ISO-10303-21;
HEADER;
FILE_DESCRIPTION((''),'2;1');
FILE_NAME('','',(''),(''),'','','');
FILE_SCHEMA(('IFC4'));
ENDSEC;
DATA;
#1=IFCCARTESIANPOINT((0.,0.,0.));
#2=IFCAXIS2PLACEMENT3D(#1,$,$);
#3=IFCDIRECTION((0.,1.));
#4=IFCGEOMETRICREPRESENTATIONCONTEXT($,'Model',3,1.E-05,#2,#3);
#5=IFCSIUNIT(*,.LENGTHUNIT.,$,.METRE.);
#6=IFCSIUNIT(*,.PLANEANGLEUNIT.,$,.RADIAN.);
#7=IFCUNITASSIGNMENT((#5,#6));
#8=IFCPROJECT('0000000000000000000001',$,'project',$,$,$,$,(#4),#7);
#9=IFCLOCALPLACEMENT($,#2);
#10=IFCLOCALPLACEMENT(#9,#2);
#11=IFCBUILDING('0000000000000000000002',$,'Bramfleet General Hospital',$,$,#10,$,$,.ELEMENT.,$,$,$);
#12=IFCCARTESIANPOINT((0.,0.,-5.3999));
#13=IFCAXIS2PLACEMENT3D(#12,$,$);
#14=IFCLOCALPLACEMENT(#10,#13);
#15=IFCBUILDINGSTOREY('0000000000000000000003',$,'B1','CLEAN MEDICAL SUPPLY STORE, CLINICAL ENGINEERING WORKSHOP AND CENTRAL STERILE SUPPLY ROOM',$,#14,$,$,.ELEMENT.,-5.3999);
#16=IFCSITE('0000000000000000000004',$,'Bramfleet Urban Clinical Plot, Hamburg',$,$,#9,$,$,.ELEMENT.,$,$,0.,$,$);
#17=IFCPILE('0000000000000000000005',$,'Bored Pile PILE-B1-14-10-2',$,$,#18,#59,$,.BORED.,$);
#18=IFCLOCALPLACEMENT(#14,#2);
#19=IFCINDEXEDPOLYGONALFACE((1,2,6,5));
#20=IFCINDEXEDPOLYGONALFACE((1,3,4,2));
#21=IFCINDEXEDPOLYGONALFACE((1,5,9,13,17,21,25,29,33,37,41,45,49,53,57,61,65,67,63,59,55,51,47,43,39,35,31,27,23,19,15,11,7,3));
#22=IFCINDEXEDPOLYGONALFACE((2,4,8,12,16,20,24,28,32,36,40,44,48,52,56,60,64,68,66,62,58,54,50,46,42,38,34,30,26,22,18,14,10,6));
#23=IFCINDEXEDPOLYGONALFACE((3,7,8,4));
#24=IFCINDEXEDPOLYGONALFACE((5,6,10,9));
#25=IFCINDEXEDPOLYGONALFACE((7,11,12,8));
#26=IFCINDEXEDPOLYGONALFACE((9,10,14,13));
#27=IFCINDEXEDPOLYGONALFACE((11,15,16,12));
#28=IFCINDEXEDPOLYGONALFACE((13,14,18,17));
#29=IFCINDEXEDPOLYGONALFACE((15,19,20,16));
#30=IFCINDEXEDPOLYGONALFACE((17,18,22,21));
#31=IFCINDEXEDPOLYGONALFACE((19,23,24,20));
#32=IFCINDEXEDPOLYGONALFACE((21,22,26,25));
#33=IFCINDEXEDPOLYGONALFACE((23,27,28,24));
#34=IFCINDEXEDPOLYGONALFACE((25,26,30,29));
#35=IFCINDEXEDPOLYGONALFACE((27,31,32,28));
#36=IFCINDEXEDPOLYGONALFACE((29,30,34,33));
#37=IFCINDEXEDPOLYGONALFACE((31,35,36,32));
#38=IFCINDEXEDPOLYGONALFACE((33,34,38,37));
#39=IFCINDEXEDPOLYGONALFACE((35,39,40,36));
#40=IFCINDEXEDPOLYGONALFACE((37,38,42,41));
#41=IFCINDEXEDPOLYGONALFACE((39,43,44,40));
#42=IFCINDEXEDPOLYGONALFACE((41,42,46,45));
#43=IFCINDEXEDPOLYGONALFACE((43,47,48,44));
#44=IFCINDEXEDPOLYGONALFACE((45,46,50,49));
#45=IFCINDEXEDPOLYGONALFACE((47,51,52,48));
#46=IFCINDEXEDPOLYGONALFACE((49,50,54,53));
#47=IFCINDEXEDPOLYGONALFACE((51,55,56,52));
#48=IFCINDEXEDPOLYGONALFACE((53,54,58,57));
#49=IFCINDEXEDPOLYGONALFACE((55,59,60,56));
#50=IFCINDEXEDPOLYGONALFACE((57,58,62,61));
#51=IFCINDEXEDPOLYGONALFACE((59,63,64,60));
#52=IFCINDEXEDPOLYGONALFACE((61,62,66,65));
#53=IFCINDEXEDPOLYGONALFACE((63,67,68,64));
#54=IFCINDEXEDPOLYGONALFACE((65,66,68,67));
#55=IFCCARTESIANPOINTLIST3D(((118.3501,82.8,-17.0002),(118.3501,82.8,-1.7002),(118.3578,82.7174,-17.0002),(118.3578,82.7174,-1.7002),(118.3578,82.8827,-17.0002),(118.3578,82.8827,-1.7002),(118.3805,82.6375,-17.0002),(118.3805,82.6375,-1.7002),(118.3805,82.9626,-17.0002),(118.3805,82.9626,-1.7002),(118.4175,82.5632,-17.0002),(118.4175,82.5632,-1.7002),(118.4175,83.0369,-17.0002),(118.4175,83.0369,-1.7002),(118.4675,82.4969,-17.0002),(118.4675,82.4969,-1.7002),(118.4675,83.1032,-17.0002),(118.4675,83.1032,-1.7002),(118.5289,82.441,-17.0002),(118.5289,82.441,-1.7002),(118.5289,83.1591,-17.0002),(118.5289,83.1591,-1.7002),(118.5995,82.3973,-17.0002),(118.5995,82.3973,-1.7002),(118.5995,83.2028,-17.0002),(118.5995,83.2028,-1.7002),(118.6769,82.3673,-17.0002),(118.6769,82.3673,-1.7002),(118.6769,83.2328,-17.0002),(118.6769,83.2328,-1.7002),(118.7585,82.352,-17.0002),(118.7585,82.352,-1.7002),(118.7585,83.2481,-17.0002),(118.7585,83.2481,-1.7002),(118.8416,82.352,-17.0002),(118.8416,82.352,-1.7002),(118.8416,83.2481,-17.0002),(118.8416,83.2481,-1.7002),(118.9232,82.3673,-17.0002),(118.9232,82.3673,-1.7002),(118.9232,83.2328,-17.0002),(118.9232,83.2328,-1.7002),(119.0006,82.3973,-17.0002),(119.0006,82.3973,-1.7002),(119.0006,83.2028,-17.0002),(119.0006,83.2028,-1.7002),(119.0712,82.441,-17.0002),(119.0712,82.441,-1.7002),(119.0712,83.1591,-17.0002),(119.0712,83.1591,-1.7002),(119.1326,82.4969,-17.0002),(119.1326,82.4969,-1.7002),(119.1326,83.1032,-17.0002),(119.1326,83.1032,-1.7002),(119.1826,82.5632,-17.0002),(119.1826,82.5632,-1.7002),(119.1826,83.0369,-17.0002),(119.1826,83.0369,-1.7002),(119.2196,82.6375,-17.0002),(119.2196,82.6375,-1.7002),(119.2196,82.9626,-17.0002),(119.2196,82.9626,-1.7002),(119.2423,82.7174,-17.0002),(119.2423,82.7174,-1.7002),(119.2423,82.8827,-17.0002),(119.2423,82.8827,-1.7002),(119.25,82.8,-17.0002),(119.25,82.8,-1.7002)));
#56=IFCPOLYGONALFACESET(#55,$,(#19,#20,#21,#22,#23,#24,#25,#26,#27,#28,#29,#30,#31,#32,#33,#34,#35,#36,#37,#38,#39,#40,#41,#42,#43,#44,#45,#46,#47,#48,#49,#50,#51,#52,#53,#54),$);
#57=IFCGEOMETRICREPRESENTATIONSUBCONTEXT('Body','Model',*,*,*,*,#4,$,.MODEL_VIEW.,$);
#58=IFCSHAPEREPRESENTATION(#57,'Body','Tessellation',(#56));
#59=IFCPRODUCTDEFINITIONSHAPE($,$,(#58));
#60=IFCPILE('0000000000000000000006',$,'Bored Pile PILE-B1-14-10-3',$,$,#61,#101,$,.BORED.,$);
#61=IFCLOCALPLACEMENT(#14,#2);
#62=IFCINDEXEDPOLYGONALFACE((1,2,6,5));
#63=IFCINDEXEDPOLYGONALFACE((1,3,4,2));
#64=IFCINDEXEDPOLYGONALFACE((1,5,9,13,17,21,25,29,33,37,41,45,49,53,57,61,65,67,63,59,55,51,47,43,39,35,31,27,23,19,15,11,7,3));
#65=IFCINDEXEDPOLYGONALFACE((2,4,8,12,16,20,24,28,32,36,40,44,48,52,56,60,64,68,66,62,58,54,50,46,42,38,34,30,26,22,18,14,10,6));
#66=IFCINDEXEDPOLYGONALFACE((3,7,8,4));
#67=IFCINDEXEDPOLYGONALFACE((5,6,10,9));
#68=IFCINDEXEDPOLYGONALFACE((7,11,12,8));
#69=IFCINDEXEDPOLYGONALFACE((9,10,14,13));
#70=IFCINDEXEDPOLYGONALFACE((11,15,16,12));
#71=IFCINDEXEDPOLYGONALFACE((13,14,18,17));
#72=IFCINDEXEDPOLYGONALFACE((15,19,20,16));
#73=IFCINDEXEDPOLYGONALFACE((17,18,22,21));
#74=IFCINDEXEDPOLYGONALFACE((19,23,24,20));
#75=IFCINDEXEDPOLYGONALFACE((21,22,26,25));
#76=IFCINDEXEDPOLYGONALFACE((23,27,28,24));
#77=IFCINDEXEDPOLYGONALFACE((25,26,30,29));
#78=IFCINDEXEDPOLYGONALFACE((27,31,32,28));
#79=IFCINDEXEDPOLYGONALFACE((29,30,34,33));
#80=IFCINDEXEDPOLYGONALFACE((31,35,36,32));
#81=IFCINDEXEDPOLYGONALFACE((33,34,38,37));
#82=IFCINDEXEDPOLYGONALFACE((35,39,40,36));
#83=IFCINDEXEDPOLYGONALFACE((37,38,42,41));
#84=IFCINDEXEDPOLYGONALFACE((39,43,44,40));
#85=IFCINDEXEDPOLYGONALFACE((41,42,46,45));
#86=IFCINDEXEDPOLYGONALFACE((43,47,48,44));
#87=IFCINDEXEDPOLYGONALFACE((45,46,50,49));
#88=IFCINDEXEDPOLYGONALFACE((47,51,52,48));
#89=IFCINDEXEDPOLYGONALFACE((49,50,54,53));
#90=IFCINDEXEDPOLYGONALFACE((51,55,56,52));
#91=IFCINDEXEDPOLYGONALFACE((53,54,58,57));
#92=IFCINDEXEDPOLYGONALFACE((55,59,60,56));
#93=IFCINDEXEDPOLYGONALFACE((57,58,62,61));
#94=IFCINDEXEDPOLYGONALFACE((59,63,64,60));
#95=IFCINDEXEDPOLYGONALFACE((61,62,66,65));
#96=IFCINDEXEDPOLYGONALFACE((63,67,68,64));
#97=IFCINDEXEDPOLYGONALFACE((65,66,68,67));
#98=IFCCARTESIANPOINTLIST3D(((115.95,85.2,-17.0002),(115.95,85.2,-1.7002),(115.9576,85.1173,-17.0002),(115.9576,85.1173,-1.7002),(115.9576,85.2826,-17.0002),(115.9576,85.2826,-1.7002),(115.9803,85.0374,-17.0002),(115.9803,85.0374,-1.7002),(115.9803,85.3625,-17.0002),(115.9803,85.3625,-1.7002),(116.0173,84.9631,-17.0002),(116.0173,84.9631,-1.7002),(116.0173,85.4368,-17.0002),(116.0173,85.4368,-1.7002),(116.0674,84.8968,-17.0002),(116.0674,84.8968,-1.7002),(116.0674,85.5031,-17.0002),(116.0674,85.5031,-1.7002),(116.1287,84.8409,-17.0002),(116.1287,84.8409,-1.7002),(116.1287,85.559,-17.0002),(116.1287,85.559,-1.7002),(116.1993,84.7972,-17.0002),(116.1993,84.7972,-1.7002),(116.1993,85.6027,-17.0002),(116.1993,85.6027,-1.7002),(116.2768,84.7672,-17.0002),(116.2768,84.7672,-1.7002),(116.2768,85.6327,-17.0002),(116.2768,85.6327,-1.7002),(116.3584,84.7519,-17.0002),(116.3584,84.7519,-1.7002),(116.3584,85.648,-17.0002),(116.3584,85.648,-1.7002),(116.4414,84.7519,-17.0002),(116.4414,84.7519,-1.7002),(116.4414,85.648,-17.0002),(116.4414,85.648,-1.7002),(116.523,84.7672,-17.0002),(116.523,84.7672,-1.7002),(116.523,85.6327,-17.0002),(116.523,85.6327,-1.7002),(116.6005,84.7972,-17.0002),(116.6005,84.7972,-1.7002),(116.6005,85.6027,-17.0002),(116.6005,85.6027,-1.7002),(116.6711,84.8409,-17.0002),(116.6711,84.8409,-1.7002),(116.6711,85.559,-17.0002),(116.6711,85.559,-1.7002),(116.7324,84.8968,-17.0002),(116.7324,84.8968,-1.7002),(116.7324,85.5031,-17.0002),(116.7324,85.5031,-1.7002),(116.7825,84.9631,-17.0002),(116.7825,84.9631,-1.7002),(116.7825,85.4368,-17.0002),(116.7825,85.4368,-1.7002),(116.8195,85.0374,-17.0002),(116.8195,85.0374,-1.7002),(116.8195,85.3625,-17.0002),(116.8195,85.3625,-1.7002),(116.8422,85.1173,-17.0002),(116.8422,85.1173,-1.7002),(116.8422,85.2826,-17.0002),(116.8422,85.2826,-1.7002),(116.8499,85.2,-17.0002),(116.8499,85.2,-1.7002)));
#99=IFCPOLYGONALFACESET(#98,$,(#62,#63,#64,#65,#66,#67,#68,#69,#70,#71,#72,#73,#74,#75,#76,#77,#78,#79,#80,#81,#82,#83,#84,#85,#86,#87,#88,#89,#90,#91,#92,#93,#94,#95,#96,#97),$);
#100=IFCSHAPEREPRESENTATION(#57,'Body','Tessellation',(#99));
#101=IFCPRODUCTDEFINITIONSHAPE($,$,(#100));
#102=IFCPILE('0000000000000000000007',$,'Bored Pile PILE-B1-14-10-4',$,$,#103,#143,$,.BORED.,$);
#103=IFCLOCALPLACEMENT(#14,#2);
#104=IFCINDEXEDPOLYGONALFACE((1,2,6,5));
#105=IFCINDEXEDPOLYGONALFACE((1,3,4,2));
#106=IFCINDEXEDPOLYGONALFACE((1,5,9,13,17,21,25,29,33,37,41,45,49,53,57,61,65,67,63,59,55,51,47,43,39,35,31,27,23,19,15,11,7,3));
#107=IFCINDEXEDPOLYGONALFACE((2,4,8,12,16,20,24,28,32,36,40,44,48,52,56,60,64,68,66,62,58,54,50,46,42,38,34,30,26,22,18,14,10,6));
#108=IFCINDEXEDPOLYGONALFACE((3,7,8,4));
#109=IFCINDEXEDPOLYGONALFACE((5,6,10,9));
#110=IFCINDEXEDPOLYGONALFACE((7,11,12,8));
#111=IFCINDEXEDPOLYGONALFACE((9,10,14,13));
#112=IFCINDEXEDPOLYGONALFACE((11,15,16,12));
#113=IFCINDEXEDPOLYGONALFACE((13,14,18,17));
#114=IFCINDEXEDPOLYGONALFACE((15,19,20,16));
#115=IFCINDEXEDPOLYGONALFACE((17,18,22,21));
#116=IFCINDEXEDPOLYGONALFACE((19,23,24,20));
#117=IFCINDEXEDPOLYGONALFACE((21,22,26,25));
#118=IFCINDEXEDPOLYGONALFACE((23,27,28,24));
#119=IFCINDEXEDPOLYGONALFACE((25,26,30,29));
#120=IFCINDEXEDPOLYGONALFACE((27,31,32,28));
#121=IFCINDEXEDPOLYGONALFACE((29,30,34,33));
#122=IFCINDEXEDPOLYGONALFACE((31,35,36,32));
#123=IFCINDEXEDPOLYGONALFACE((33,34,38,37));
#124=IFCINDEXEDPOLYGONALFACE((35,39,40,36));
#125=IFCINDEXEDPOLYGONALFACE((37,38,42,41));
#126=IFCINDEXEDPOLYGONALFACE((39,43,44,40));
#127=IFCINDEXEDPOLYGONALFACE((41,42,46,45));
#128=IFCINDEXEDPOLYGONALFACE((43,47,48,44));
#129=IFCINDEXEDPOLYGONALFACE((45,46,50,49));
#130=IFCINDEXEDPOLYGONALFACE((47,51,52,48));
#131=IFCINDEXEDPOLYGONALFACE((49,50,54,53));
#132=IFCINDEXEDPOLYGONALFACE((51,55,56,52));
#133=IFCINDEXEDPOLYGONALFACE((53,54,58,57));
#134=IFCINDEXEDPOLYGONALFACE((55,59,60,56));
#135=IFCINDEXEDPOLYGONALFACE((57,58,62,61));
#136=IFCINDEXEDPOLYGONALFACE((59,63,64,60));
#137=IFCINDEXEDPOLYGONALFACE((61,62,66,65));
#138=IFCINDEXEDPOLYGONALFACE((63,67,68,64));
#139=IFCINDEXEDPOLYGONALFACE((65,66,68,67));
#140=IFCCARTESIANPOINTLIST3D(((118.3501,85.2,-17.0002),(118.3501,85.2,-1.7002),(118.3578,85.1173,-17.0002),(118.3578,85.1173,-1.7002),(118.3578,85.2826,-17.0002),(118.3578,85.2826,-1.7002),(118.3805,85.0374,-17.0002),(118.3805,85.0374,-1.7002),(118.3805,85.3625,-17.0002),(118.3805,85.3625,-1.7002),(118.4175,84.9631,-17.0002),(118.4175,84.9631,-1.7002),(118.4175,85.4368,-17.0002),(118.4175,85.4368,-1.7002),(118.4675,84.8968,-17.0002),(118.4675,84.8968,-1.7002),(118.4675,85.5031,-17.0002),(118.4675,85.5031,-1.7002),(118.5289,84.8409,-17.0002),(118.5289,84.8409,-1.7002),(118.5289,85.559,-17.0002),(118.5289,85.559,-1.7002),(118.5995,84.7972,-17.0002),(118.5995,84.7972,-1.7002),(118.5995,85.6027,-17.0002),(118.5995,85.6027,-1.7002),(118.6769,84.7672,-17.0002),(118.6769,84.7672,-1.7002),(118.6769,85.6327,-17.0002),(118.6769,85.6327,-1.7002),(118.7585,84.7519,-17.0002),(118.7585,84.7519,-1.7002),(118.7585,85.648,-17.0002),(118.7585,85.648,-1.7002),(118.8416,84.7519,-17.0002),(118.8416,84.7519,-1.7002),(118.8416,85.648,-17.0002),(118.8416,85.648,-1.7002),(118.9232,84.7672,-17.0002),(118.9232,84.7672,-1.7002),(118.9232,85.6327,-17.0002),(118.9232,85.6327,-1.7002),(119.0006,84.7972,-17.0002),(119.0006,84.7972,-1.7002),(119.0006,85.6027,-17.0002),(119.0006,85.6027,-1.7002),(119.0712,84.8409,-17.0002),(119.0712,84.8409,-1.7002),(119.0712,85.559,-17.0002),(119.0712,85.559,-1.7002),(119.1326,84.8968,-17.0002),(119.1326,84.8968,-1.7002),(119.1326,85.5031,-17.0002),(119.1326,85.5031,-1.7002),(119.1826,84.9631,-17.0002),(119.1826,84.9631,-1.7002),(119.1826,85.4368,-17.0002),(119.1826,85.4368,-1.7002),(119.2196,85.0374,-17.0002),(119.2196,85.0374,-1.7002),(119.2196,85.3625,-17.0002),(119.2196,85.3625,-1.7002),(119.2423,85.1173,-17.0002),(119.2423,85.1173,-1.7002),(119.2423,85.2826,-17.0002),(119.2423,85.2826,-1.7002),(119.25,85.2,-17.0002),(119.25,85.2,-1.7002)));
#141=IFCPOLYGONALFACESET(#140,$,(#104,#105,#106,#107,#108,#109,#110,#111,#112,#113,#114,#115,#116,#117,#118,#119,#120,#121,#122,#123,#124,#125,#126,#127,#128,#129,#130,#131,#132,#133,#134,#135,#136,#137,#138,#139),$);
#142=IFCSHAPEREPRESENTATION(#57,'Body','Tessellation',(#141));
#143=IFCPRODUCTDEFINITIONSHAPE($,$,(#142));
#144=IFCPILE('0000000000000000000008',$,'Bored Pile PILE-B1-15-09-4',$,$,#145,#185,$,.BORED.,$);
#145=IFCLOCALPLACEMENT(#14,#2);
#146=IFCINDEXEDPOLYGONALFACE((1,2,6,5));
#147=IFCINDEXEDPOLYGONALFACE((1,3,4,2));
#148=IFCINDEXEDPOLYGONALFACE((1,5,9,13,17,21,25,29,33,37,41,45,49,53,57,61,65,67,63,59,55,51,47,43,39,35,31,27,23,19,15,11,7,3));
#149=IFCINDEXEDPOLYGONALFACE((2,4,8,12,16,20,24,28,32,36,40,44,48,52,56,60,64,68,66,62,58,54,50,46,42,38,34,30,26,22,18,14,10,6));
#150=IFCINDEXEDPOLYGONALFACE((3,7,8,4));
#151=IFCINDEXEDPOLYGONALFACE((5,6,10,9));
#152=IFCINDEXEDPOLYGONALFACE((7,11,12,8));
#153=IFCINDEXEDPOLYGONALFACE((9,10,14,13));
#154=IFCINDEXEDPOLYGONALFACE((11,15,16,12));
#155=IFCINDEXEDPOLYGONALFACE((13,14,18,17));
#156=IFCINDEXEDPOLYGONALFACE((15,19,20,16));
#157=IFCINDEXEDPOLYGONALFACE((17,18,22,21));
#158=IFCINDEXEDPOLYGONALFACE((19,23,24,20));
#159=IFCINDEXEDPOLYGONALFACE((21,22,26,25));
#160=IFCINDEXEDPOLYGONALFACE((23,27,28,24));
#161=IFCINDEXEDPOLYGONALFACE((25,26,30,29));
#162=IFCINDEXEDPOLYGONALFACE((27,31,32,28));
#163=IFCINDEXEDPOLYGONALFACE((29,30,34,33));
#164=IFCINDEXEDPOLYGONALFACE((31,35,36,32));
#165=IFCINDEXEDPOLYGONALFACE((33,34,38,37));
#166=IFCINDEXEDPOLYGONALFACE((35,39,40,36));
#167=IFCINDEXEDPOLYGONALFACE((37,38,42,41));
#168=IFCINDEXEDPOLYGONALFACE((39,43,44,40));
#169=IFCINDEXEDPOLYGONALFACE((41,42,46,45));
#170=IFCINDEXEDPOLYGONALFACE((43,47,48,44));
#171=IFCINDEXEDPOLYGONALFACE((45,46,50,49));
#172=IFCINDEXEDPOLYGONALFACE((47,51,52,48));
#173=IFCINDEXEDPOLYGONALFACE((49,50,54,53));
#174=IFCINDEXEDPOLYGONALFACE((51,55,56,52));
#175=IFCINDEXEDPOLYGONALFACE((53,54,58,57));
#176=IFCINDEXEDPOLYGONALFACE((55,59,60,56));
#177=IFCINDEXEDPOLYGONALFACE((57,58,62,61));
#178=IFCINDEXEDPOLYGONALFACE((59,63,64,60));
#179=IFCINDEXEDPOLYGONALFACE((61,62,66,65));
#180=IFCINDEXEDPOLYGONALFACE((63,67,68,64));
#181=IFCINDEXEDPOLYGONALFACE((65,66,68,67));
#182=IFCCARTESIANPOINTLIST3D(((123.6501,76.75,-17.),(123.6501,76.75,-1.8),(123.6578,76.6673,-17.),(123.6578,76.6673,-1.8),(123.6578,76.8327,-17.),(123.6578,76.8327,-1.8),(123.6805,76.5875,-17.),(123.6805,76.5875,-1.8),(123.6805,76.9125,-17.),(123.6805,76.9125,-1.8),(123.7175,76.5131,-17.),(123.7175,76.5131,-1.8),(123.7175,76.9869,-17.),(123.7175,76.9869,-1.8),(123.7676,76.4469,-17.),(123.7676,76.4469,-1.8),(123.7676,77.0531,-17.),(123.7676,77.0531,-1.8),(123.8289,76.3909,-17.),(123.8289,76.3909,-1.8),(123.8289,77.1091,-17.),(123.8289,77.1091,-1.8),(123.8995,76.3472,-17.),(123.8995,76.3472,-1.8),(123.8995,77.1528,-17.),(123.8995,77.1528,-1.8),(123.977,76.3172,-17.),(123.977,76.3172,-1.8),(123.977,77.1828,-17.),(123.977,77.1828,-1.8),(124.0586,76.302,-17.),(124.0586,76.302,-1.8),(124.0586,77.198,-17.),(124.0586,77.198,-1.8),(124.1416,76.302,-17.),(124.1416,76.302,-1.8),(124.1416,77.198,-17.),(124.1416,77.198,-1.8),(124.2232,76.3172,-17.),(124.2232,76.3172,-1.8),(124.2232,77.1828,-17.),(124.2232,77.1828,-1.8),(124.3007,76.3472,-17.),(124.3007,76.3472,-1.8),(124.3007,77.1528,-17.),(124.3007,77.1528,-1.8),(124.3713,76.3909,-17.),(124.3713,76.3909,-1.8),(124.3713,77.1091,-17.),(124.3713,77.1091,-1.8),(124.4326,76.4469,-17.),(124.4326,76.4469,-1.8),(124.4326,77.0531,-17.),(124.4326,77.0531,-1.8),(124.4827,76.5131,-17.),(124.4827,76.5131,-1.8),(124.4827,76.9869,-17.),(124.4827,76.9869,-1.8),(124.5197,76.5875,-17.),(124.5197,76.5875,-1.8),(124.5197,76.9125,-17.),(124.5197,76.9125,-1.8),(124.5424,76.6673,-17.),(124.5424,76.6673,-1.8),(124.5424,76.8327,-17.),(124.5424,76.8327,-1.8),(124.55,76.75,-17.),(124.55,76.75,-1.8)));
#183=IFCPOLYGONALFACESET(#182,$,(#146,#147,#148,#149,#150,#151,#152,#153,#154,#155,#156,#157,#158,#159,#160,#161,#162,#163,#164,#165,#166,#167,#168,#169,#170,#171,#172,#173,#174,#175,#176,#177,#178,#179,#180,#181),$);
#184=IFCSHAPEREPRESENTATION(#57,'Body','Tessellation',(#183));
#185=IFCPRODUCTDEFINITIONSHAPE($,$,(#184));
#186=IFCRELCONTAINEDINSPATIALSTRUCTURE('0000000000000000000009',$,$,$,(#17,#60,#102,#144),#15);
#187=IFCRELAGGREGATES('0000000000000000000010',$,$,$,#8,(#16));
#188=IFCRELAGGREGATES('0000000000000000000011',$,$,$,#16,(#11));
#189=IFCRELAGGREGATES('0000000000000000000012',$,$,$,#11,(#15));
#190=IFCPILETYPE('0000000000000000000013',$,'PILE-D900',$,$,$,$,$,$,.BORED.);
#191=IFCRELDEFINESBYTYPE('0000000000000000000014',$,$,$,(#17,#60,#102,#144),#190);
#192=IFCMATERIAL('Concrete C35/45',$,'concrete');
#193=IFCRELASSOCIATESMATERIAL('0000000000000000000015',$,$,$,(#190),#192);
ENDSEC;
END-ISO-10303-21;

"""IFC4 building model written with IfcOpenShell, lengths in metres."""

from ifc_helpers import new_model, si_unit, direction, frame, origin, origin_2d, place, context, subcontext, project, spatial, circle, extrude, material, material_profile, profile_set, type_object, element, save


model = new_model("IFC4")

# Units and contexts
model_context = context("Model", 3, precision=1e-05, world=origin(), true_north=direction((0.0, 1.0)))
body_context = subcontext(model_context, "Body", "Model", "MODEL_VIEW")
ifc_project = project(units=[si_unit("LENGTHUNIT", "METRE"), si_unit("PLANEANGLEUNIT", "RADIAN")], contexts=[model_context])

# Site, building, storey
site_placement = place(None, origin())
site = spatial("IfcSite", under=ifc_project, at=site_placement, Name="Bramfleet Urban Clinical Plot, Hamburg", CompositionType="ELEMENT", RefElevation=0.0)
building_placement = place(site_placement, origin())
building = spatial("IfcBuilding", under=site, at=building_placement, Name="Bramfleet General Hospital", CompositionType="ELEMENT")
storey_placement = place(building_placement, frame((0.0, 0.0, -5.3999)))
storey = spatial("IfcBuildingStorey", under=building, at=storey_placement, Name="B1", Description="CLEAN MEDICAL SUPPLY STORE, CLINICAL ENGINEERING WORKSHOP AND CENTRAL STERILE SUPPLY ROOM", CompositionType="ELEMENT", Elevation=-5.3999)

# Shared definitions
ifc_material_1 = material(Name="Concrete C35/45", Category="concrete")

# Piles
ifc_material_profile_1 = material_profile(ifc_material_1, circle(Radius=0.45, at=origin_2d()), Name="PILE BORED D900")
ifc_profile_set_1 = profile_set([ifc_material_profile_1], Name="Concrete C35/45")
pile_type_1 = type_object("IfcPileType", Name="PILE-D900", PredefinedType="BORED", material=ifc_profile_set_1)
for number, where, z_axis, x_axis, name in (
    (1, (118.8, 82.8, -1.7002), (0.0, 0.0, -1.0), (1.0, 0.0, 0.0), "Bored Pile PILE-B1-14-10-2"),
    (2, (116.3999, 85.2, -1.7002), (0.0, 0.0, -1.0), (1.0, 0.0, 0.0), "Bored Pile PILE-B1-14-10-3"),
    (3, (118.8, 85.2, -1.7002), (0.0, 0.0, -1.0), (1.0, 0.0, 0.0), "Bored Pile PILE-B1-14-10-4"),
):
    element("IfcPile", number, at=place(storey_placement, frame(where, z_axis=z_axis, x_axis=x_axis)), inside=storey, type_object=pile_type_1, Name=name, PredefinedType="BORED", context=body_context, shape_type="SweptSolid", body=[
        extrude(circle(Radius=0.45, at=origin_2d()), origin(), (0.0, 0.0, 1.0), 15.3),
    ])
for number, where, z_axis, x_axis, name in (
    (4, (124.1001, 76.75, -1.8), (0.0, 0.0, -1.0), (1.0, 0.0, 0.0), "Bored Pile PILE-B1-15-09-4"),
):
    element("IfcPile", number, at=place(storey_placement, frame(where, z_axis=z_axis, x_axis=x_axis)), inside=storey, type_object=pile_type_1, Name=name, PredefinedType="BORED", context=body_context, shape_type="SweptSolid", body=[
        extrude(circle(Radius=0.45, at=origin_2d()), origin(), (0.0, 0.0, 1.0), 15.2),
    ])

save(model, "model.ifc")
